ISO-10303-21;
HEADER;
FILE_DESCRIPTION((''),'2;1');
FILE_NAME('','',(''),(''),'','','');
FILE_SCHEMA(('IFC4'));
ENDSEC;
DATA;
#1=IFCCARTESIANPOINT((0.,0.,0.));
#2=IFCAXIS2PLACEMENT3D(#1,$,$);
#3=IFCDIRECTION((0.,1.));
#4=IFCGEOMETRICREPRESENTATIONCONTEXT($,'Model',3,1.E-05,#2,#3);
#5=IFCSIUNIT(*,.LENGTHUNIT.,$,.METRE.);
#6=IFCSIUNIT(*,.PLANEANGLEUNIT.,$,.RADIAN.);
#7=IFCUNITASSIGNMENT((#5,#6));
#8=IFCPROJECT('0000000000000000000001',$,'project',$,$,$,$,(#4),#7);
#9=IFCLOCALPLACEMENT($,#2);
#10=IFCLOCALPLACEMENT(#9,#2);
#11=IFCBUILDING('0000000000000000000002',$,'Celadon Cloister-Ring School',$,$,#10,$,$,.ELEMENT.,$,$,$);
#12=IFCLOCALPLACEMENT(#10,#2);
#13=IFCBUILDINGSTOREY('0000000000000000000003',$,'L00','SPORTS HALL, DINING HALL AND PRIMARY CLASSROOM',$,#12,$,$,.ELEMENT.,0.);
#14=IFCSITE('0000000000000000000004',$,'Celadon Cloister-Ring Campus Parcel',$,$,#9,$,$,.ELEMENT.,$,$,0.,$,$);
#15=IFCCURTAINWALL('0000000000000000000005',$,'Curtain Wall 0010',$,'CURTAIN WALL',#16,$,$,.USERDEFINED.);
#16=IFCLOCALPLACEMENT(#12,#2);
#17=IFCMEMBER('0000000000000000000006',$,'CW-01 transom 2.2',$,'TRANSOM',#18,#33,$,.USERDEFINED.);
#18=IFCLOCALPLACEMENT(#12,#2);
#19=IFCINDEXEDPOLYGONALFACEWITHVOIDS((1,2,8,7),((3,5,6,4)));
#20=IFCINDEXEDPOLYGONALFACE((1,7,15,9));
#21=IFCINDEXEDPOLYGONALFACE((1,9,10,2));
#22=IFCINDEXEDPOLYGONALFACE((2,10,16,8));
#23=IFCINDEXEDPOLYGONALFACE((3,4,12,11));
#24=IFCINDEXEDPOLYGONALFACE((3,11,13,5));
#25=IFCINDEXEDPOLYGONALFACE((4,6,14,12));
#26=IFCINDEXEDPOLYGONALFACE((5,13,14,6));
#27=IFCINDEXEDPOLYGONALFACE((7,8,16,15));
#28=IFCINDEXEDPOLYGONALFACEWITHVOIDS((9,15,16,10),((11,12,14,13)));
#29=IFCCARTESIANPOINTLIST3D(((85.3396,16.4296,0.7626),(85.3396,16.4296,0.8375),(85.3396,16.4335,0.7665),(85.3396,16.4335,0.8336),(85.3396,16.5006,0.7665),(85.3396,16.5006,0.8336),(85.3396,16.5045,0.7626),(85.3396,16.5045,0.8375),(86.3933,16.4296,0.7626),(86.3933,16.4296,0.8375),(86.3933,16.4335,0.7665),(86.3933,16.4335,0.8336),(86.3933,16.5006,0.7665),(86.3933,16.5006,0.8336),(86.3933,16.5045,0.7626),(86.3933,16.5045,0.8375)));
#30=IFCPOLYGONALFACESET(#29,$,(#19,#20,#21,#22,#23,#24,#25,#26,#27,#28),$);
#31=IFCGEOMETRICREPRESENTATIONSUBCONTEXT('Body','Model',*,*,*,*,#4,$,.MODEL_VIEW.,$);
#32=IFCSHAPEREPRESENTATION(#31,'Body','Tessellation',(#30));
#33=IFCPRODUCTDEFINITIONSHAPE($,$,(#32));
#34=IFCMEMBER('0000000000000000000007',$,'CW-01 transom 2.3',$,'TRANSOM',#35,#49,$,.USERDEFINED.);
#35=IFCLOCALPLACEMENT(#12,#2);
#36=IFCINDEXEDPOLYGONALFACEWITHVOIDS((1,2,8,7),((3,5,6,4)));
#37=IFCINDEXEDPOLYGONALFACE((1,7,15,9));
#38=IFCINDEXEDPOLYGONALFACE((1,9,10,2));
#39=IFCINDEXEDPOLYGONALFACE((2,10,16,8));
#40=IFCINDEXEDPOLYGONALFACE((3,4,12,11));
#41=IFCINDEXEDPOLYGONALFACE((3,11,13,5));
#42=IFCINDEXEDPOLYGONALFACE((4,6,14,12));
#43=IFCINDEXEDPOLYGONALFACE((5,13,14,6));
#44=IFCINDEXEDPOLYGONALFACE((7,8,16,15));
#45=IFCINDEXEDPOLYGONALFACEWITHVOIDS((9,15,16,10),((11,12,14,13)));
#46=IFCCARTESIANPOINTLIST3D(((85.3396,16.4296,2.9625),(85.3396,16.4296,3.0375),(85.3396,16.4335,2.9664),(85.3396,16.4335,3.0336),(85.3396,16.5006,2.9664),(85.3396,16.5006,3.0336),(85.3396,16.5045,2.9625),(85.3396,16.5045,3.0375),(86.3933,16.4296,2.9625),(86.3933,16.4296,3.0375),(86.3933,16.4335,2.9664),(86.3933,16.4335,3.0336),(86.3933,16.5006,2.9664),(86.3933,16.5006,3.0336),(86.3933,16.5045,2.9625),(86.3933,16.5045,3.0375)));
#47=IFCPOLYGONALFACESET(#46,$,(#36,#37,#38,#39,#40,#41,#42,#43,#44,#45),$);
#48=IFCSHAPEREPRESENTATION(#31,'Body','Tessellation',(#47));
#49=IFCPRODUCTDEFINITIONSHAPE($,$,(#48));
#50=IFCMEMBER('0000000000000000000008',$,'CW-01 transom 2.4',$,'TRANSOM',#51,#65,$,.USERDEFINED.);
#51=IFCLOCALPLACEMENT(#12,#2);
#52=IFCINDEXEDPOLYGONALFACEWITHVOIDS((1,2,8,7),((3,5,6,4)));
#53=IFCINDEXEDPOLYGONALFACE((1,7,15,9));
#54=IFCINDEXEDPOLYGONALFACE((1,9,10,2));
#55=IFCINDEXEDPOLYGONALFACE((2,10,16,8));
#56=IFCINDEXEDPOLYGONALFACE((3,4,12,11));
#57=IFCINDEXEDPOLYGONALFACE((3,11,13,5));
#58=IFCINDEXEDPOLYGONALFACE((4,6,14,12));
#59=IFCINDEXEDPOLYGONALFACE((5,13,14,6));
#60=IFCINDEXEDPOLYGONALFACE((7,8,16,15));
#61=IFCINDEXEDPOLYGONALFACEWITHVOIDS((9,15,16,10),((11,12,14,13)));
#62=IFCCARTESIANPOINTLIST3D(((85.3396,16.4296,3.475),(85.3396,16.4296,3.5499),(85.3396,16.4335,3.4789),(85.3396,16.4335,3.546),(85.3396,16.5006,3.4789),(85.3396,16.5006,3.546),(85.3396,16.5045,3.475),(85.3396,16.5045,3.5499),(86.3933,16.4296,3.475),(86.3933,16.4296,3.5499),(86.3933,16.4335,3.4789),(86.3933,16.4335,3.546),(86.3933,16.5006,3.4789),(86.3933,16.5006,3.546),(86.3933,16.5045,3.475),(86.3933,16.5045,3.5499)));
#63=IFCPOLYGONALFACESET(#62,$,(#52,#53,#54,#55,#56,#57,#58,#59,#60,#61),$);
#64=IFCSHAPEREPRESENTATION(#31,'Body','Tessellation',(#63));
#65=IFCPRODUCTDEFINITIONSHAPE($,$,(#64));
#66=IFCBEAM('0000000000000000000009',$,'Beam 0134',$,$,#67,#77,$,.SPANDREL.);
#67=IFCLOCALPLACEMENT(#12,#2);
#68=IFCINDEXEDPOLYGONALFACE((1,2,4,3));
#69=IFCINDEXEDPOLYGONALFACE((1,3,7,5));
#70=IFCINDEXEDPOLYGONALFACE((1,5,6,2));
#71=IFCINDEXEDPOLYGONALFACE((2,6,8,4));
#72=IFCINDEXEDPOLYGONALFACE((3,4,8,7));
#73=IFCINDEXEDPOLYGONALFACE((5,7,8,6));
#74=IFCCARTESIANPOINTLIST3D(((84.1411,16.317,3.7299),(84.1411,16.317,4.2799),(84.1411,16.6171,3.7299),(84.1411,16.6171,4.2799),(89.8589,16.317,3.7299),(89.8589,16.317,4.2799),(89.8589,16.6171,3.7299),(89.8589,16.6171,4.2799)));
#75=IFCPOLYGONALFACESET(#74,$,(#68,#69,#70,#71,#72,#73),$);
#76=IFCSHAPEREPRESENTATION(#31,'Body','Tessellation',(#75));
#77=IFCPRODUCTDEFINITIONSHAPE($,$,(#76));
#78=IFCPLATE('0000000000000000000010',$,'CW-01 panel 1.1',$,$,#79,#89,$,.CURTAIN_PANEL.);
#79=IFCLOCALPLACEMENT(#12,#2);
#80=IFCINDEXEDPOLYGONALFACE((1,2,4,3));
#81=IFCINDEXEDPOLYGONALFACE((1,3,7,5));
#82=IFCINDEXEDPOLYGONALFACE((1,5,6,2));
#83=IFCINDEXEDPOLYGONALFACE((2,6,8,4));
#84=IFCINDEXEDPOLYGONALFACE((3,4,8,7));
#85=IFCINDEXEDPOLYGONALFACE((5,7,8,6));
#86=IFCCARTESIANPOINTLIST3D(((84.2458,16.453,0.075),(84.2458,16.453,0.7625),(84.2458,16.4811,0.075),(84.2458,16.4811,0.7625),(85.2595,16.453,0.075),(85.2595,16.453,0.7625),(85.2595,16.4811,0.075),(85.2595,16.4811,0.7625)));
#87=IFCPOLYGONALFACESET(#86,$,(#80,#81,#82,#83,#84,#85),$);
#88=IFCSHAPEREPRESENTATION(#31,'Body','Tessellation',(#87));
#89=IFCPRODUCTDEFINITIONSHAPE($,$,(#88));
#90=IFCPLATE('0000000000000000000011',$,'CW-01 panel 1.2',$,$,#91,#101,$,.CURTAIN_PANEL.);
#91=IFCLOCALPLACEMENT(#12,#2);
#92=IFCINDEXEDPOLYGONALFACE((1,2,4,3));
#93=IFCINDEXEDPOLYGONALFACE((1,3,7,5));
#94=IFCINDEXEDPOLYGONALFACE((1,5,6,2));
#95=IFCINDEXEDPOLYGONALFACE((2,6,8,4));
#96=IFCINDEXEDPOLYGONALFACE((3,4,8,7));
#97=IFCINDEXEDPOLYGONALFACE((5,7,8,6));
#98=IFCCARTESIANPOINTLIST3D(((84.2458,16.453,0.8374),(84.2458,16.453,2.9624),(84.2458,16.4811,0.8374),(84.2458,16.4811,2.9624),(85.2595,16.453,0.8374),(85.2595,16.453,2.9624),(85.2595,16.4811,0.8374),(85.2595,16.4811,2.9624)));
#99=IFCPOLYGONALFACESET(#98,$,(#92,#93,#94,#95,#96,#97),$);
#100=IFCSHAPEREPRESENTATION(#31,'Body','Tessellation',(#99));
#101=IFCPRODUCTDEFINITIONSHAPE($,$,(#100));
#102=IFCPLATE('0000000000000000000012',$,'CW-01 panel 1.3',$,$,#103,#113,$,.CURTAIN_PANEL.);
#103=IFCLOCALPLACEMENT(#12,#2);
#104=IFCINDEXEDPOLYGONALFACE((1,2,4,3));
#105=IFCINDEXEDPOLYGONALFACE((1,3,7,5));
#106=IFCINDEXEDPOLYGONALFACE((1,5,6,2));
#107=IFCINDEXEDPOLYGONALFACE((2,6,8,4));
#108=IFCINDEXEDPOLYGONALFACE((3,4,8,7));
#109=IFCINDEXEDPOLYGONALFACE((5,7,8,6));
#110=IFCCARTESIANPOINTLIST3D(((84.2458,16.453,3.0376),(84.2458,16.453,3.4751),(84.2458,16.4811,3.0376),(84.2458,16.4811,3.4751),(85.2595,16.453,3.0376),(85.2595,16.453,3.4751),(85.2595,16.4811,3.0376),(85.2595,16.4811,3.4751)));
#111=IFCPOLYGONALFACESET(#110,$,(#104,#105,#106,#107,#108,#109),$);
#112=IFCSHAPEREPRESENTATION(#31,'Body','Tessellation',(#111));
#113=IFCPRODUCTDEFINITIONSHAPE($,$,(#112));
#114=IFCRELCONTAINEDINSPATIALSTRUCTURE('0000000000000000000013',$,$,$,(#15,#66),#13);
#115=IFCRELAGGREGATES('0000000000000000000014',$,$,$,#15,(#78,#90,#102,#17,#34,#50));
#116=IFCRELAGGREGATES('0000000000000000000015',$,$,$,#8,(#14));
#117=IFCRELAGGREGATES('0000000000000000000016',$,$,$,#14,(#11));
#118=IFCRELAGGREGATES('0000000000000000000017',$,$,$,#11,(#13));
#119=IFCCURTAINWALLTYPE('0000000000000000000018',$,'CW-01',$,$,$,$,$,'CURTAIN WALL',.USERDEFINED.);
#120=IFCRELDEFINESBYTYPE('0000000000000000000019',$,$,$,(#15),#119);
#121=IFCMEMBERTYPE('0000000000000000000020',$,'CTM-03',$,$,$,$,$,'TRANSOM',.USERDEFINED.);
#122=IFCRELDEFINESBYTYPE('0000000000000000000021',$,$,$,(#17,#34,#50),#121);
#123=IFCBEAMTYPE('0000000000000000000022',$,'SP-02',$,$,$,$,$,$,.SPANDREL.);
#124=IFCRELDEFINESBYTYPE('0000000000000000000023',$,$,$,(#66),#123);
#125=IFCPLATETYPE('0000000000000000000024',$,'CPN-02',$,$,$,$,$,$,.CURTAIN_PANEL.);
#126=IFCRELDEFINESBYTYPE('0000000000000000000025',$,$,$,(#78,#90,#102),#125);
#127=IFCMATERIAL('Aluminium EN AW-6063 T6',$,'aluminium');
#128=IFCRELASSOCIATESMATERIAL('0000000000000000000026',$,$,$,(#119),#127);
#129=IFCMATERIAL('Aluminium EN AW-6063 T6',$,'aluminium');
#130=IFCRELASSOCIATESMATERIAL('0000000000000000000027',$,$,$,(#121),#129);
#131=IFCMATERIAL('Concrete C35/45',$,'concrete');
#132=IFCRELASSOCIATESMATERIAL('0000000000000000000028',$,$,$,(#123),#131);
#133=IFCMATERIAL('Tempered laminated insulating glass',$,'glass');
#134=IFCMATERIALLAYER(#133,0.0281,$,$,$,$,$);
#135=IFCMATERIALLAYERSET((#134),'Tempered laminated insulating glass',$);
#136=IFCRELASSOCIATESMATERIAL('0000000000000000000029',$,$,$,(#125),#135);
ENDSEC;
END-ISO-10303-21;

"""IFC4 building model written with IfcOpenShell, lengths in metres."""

from ifc_helpers import new_model, si_unit, direction, frame, origin, origin_2d, place, context, subcontext, project, spatial, rectangle, hollow_rectangle, extrude, material, layer, layer_set, material_profile, profile_set, type_object, element, aggregate, save


model = new_model("IFC4")

# Units and contexts
model_context = context("Model", 3, precision=1e-05, world=origin(), true_north=direction((0.0, 1.0)))
body_context = subcontext(model_context, "Body", "Model", "MODEL_VIEW")
ifc_project = project(units=[si_unit("LENGTHUNIT", "METRE"), si_unit("PLANEANGLEUNIT", "RADIAN")], contexts=[model_context])

# Site, building, storey
site_placement = place(None, origin())
site = spatial("IfcSite", under=ifc_project, at=site_placement, Name="Celadon Cloister-Ring Campus Parcel", CompositionType="ELEMENT", RefElevation=0.0)
building_placement = place(site_placement, origin())
building = spatial("IfcBuilding", under=site, at=building_placement, Name="Celadon Cloister-Ring School", CompositionType="ELEMENT")
storey_placement = place(building_placement, origin())
storey = spatial("IfcBuildingStorey", under=building, at=storey_placement, Name="L00", Description="SPORTS HALL, DINING HALL AND PRIMARY CLASSROOM", CompositionType="ELEMENT", Elevation=0.0)

# Curtain wall, members
ifc_material_1 = material(Name="Aluminium EN AW-6063 T6", Category="aluminium")
curtain_wall_type = type_object("IfcCurtainWallType", Name="CW-01", ElementType="CURTAIN WALL", PredefinedType="USERDEFINED", material=ifc_material_1)
curtain_wall_placement = place(storey_placement, origin())
curtain_wall = element("IfcCurtainWall", 1, at=curtain_wall_placement, inside=storey, type_object=curtain_wall_type, Name="Curtain Wall 0010", ObjectType="CURTAIN WALL", PredefinedType="USERDEFINED")
ifc_material_2 = material(Name="Aluminium EN AW-6063 T6", Category="aluminium")
ifc_material_profile_1 = material_profile(ifc_material_2, hollow_rectangle(XDim=0.075, YDim=0.075, WallThickness=0.0039, at=origin_2d()), Name="RHS75X75X4")
ifc_profile_set_1 = profile_set([ifc_material_profile_1], Name="Aluminium EN AW-6063 T6")
member_type_1 = type_object("IfcMemberType", Name="CTM-03", ElementType="TRANSOM", PredefinedType="USERDEFINED", material=ifc_profile_set_1)
member_1_placement = place(storey_placement, frame((85.3396, 16.467, 0.8), z_axis=(1.0, 0.0, 0.0), x_axis=(0.0, 1.0, 0.0)))
member_1 = element("IfcMember", 2, at=member_1_placement, type_object=member_type_1, Name="CW-01 transom 2.2", ObjectType="TRANSOM", PredefinedType="USERDEFINED", context=body_context, shape_type="SweptSolid", body=[
    extrude(hollow_rectangle(XDim=0.075, YDim=0.075, WallThickness=0.0039, at=origin_2d()), origin(), (0.0, 0.0, 1.0), 1.0537),
])
member_2_placement = place(storey_placement, frame((85.3396, 16.467, 3.0), z_axis=(1.0, 0.0, 0.0), x_axis=(0.0, 1.0, 0.0)))
member_2 = element("IfcMember", 3, at=member_2_placement, type_object=member_type_1, Name="CW-01 transom 2.3", ObjectType="TRANSOM", PredefinedType="USERDEFINED", context=body_context, shape_type="SweptSolid", body=[
    extrude(hollow_rectangle(XDim=0.075, YDim=0.075, WallThickness=0.0039, at=origin_2d()), origin(), (0.0, 0.0, 1.0), 1.0537),
])
member_3_placement = place(storey_placement, frame((85.3396, 16.467, 3.5125), z_axis=(1.0, 0.0, 0.0), x_axis=(0.0, 1.0, 0.0)))
member_3 = element("IfcMember", 4, at=member_3_placement, type_object=member_type_1, Name="CW-01 transom 2.4", ObjectType="TRANSOM", PredefinedType="USERDEFINED", context=body_context, shape_type="SweptSolid", body=[
    extrude(hollow_rectangle(XDim=0.075, YDim=0.075, WallThickness=0.0039, at=origin_2d()), origin(), (0.0, 0.0, 1.0), 1.0537),
])

# Beam
ifc_material_3 = material(Name="Concrete C35/45", Category="concrete")
ifc_material_profile_2 = material_profile(ifc_material_3, rectangle(XDim=0.3, YDim=0.55, at=origin_2d()), Name="RC300X550")
ifc_profile_set_2 = profile_set([ifc_material_profile_2], Name="Concrete C35/45")
beam_type_1 = type_object("IfcBeamType", Name="SP-02", PredefinedType="SPANDREL", material=ifc_profile_set_2)
beam_1_placement = place(storey_placement, frame((84.1411, 16.467, 4.0049), z_axis=(1.0, 0.0, 0.0), x_axis=(0.0, 1.0, 0.0)))
element("IfcBeam", 5, at=beam_1_placement, inside=storey, type_object=beam_type_1, Name="Beam 0134", PredefinedType="SPANDREL", context=body_context, shape_type="SweptSolid", body=[
    extrude(rectangle(XDim=0.3, YDim=0.55, at=origin_2d()), origin(), (0.0, 0.0, 1.0), 5.7178),
])

# Plates
ifc_material_4 = material(Name="Tempered laminated insulating glass", Category="glass")
ifc_layer = layer(ifc_material_4, 0.0281)
ifc_layer_set = layer_set([ifc_layer], Name="Tempered laminated insulating glass")
plate_type = type_object("IfcPlateType", Name="CPN-02", PredefinedType="CURTAIN_PANEL", material=ifc_layer_set)
plate_1_placement = place(storey_placement, frame((84.7527, 16.467, 0.075), z_axis=(0.0, 0.0, 1.0), x_axis=(1.0, 0.0, 0.0)))
plate_1 = element("IfcPlate", 6, at=plate_1_placement, type_object=plate_type, Name="CW-01 panel 1.1", PredefinedType="CURTAIN_PANEL", context=body_context, shape_type="SweptSolid", body=[
    extrude(rectangle(XDim=1.0137, YDim=0.0281, at=origin_2d()), origin(), (0.0, 0.0, 1.0), 0.6875),
])
plate_2_placement = place(storey_placement, frame((84.7527, 16.467, 0.8374), z_axis=(0.0, 0.0, 1.0), x_axis=(1.0, 0.0, 0.0)))
plate_2 = element("IfcPlate", 7, at=plate_2_placement, type_object=plate_type, Name="CW-01 panel 1.2", PredefinedType="CURTAIN_PANEL", context=body_context, shape_type="SweptSolid", body=[
    extrude(rectangle(XDim=1.0137, YDim=0.0281, at=origin_2d()), origin(), (0.0, 0.0, 1.0), 2.125),
])
plate_3_placement = place(storey_placement, frame((84.7527, 16.467, 3.0376), z_axis=(0.0, 0.0, 1.0), x_axis=(1.0, 0.0, 0.0)))
plate_3 = element("IfcPlate", 8, at=plate_3_placement, type_object=plate_type, Name="CW-01 panel 1.3", PredefinedType="CURTAIN_PANEL", context=body_context, shape_type="SweptSolid", body=[
    extrude(rectangle(XDim=1.0137, YDim=0.0281, at=origin_2d()), origin(), (0.0, 0.0, 1.0), 0.4375),
])
aggregate(curtain_wall, [plate_1, plate_2, plate_3, member_1, member_2, member_3])

save(model, "model.ifc")
